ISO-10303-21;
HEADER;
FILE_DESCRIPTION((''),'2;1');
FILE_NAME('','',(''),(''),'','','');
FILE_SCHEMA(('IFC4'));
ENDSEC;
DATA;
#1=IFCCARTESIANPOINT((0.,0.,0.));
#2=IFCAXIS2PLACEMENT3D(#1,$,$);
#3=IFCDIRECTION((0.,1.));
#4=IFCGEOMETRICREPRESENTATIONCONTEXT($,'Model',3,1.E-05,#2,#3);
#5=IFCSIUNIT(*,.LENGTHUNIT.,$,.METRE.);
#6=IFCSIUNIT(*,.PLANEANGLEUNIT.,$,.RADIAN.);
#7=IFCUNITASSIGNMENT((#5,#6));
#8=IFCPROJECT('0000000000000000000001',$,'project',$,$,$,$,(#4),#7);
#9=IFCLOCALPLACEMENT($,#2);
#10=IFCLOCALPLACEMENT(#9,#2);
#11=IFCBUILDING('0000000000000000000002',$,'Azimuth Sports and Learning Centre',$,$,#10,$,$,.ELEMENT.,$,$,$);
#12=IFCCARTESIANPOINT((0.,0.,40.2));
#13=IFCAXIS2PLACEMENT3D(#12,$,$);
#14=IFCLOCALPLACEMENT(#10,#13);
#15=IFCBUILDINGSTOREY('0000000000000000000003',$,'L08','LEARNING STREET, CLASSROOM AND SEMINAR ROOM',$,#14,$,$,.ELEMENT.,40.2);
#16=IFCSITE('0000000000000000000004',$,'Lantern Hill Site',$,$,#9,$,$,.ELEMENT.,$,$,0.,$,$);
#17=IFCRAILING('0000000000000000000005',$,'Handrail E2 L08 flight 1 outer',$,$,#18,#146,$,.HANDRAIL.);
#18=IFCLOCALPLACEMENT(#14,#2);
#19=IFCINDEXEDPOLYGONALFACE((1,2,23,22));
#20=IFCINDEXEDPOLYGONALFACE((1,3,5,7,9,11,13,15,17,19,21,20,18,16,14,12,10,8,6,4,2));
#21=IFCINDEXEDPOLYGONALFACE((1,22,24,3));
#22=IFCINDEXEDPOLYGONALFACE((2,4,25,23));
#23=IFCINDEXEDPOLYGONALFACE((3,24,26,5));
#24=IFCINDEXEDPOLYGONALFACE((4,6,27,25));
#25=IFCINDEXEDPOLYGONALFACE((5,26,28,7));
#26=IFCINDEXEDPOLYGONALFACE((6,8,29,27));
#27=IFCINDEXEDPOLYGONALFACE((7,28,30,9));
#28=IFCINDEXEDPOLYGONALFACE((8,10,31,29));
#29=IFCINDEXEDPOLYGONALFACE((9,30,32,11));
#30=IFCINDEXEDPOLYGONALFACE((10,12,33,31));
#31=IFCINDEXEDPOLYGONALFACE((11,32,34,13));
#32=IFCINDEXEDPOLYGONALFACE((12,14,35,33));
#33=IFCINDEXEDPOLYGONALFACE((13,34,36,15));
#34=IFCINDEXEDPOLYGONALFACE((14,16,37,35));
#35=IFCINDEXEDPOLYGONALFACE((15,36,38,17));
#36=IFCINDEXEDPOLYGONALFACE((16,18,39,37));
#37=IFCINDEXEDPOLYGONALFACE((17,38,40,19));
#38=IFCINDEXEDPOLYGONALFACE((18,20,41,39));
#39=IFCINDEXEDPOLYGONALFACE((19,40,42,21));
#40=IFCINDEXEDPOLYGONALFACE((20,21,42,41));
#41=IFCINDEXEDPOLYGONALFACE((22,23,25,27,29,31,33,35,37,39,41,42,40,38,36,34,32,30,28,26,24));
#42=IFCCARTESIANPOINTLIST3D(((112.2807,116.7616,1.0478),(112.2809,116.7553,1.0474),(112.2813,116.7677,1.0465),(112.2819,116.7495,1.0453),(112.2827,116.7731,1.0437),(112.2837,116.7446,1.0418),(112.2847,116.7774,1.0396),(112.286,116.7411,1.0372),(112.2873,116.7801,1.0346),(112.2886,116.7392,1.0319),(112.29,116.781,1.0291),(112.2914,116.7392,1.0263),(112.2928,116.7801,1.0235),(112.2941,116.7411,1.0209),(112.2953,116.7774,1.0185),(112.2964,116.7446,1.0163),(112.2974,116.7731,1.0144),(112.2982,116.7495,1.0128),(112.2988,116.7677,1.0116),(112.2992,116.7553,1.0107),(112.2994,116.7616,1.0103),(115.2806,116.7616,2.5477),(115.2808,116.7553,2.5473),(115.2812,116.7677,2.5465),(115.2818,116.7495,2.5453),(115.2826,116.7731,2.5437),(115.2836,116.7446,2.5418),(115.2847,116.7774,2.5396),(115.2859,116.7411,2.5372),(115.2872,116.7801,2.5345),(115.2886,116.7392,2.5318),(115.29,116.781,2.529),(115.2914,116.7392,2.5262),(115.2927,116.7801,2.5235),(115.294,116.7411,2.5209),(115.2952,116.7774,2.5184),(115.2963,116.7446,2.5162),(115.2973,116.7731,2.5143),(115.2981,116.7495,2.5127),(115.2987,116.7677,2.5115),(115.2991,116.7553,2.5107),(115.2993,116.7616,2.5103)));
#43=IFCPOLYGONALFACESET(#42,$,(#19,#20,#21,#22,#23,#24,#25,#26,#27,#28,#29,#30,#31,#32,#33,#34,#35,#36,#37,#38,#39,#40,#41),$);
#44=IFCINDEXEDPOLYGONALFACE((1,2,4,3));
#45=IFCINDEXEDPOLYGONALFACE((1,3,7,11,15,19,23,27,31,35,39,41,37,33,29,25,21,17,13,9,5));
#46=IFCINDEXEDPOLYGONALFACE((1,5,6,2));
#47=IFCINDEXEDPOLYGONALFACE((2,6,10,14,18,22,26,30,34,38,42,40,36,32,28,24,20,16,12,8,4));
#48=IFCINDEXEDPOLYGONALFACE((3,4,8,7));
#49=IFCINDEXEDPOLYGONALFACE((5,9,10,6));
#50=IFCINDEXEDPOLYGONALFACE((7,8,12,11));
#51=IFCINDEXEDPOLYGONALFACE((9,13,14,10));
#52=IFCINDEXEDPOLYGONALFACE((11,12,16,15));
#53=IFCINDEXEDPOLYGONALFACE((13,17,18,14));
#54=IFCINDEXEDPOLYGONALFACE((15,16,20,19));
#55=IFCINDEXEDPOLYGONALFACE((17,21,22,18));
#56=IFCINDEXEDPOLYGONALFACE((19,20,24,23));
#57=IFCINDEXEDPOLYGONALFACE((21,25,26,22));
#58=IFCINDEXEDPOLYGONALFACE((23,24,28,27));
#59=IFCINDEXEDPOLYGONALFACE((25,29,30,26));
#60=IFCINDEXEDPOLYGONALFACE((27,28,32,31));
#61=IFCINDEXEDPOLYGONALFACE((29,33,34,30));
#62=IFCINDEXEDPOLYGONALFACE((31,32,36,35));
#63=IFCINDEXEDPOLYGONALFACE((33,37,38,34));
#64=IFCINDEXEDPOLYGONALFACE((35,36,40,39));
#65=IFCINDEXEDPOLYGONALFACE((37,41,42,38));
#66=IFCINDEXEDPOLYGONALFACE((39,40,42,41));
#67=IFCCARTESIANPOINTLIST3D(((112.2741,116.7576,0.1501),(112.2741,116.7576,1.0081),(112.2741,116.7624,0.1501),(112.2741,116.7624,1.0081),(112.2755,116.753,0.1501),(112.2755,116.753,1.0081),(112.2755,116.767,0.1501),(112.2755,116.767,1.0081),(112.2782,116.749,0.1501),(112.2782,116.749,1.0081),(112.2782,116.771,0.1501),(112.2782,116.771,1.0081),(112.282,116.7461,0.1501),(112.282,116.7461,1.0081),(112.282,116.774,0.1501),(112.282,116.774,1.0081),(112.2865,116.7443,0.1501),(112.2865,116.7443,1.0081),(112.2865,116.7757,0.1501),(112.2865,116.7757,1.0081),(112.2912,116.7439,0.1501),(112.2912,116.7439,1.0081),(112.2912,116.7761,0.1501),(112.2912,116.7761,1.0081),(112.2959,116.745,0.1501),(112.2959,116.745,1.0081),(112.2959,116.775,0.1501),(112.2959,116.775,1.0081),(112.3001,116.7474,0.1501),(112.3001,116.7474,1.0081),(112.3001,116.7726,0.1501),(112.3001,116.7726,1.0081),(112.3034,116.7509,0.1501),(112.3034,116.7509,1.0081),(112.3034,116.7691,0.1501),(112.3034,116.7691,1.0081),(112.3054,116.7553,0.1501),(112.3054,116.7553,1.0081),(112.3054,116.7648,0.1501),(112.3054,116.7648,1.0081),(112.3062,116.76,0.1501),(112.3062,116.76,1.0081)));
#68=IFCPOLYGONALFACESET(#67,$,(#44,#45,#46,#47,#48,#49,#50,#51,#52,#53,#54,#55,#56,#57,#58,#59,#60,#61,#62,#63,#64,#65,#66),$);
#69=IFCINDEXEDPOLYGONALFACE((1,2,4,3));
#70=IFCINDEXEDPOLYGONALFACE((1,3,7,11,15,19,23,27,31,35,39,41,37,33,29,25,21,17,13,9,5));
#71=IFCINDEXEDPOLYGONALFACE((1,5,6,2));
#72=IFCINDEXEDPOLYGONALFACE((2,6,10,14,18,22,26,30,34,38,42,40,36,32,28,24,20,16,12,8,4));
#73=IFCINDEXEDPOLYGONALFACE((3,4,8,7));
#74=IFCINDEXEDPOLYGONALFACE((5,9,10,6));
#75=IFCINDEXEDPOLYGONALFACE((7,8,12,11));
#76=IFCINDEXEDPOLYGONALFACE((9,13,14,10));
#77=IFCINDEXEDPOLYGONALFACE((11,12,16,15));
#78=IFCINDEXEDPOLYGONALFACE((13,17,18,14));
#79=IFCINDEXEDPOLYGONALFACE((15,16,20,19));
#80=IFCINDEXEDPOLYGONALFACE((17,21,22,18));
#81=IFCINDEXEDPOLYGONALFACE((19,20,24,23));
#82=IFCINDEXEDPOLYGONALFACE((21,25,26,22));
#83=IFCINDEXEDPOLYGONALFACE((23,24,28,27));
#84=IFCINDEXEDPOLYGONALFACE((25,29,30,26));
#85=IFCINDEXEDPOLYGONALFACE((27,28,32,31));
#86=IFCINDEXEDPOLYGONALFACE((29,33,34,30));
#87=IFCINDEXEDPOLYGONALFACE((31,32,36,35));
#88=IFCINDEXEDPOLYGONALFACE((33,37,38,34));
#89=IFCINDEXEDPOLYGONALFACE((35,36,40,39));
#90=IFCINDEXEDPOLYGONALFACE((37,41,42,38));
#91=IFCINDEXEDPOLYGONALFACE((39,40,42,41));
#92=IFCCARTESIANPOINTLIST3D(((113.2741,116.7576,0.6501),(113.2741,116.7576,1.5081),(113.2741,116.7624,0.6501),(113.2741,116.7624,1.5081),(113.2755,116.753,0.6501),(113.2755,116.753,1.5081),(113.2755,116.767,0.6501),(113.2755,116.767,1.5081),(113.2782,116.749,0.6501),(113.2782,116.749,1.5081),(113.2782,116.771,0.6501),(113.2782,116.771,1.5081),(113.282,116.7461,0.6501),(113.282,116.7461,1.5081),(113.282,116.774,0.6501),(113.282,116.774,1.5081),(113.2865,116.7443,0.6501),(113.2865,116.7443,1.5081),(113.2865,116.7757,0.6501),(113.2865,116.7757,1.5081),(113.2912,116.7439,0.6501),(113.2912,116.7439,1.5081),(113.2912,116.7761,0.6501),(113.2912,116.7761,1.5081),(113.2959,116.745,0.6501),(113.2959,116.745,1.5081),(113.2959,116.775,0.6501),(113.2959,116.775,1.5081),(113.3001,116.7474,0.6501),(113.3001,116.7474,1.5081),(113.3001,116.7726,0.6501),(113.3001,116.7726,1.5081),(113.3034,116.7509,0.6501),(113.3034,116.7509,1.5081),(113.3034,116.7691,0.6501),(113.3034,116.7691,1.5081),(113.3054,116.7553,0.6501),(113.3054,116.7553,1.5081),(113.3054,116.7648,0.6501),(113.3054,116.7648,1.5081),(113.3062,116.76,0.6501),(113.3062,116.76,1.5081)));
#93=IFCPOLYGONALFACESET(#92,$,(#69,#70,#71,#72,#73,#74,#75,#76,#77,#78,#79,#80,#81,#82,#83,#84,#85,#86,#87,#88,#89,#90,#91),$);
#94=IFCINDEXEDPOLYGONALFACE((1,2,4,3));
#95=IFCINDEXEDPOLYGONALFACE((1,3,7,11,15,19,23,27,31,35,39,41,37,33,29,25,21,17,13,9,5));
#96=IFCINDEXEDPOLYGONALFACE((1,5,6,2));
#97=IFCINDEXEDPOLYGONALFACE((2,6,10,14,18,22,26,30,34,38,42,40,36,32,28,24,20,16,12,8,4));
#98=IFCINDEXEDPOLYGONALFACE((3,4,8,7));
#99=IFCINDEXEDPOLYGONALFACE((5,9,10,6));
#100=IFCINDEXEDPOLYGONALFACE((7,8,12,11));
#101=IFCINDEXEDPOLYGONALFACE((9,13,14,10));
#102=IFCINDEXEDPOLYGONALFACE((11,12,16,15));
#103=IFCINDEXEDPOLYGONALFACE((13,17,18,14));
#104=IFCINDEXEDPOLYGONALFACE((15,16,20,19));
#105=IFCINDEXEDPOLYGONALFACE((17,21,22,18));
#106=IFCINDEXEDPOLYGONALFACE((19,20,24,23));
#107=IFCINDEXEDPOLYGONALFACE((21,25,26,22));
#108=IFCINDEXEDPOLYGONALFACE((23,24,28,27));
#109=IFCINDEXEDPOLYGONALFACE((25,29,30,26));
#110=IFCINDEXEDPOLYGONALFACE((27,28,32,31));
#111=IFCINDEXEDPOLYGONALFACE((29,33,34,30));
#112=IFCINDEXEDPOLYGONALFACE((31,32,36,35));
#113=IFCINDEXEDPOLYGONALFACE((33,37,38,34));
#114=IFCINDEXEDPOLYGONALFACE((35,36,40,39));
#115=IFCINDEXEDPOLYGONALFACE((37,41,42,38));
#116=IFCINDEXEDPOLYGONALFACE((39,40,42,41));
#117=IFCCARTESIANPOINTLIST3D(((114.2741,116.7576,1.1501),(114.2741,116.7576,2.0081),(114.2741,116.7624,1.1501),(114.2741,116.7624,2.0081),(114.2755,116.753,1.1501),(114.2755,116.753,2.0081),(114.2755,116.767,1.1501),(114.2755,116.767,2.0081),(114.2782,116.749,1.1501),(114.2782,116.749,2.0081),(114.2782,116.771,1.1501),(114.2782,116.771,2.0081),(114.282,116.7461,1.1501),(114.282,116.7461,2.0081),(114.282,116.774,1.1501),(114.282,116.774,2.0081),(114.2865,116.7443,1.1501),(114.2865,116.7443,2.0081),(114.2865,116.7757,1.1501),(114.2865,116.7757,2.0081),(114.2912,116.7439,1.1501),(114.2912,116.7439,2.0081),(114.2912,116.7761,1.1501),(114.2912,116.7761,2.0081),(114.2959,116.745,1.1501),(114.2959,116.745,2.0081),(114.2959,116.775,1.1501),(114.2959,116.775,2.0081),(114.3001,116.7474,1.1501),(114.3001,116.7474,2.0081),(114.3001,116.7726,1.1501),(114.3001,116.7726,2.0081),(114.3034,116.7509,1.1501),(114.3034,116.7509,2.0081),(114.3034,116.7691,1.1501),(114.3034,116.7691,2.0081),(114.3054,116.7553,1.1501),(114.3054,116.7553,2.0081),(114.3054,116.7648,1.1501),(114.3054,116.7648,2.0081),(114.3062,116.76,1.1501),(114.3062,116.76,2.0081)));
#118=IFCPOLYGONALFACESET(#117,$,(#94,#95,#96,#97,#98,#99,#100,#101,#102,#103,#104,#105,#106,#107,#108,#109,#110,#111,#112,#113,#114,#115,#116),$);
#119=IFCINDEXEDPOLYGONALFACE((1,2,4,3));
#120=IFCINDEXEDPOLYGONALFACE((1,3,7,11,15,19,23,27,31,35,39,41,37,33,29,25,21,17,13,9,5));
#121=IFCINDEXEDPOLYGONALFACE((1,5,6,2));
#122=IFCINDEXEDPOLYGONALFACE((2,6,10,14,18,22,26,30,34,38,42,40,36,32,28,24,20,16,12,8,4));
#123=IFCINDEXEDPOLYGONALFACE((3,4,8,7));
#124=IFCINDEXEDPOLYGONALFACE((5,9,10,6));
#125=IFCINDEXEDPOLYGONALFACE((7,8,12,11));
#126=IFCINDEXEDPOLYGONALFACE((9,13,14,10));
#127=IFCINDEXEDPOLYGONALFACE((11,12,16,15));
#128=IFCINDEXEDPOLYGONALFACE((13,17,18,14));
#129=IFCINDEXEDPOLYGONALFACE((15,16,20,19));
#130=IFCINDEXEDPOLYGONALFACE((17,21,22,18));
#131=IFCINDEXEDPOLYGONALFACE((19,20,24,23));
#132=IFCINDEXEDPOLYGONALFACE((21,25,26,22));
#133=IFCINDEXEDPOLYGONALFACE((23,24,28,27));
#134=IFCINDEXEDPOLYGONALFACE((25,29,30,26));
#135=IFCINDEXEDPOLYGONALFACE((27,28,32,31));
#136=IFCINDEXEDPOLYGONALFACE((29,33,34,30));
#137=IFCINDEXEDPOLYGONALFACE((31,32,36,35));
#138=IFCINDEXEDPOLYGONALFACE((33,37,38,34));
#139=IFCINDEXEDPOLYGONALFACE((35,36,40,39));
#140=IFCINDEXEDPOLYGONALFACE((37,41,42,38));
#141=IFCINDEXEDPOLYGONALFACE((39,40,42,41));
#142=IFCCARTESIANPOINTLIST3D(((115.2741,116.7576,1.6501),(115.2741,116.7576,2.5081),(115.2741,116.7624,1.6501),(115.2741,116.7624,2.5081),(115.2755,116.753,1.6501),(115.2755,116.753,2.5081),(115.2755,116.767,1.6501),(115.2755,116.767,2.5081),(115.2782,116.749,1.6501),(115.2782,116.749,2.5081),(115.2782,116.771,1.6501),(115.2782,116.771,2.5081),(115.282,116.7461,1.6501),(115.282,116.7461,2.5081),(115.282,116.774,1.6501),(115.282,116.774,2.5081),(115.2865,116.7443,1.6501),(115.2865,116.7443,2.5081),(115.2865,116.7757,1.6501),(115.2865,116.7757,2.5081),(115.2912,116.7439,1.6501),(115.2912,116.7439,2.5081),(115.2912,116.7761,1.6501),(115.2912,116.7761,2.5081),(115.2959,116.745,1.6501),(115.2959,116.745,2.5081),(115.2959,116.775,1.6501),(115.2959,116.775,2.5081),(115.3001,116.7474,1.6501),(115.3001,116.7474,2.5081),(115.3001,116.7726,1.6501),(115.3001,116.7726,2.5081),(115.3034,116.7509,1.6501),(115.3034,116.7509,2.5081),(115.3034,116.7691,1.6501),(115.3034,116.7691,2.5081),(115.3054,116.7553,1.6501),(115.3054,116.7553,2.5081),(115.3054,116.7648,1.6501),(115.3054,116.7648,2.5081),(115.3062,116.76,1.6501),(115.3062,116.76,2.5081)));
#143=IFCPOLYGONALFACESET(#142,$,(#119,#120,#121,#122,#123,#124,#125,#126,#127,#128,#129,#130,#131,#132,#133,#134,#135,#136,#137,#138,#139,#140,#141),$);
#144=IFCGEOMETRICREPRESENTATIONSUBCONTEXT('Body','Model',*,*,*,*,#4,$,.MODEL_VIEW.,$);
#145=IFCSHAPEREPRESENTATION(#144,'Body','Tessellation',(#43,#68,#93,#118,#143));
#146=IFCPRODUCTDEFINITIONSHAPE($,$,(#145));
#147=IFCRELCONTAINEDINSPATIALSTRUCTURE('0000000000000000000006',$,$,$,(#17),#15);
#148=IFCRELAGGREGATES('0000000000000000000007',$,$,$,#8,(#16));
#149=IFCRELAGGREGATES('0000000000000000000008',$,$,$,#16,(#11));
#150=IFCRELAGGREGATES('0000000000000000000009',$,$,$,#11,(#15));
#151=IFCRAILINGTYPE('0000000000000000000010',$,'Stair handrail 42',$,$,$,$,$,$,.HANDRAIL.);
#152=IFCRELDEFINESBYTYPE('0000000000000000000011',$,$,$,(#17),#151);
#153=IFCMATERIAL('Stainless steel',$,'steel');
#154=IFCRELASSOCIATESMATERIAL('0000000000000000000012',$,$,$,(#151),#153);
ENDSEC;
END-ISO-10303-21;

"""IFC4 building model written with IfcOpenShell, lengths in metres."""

from ifc_helpers import new_model, si_unit, direction, frame, origin, origin_2d, place, context, subcontext, project, spatial, circle, extrude, material, type_object, element, save


model = new_model("IFC4")

# Units and contexts
model_context = context("Model", 3, precision=1e-05, world=origin(), true_north=direction((0.0, 1.0)))
body_context = subcontext(model_context, "Body", "Model", "MODEL_VIEW")
ifc_project = project(units=[si_unit("LENGTHUNIT", "METRE"), si_unit("PLANEANGLEUNIT", "RADIAN")], contexts=[model_context])

# Site, building, storey
site_placement = place(None, origin())
site = spatial("IfcSite", under=ifc_project, at=site_placement, Name="Lantern Hill Site", CompositionType="ELEMENT", RefElevation=0.0)
building_placement = place(site_placement, origin())
building = spatial("IfcBuilding", under=site, at=building_placement, Name="Azimuth Sports and Learning Centre", CompositionType="ELEMENT")
storey_placement = place(building_placement, frame((0.0, 0.0, 40.2)))
storey = spatial("IfcBuildingStorey", under=building, at=storey_placement, Name="L08", Description="LEARNING STREET, CLASSROOM AND SEMINAR ROOM", CompositionType="ELEMENT", Elevation=40.2)

# Railing
ifc_material_1 = material(Name="Stainless steel", Category="steel")
railing_type_1 = type_object("IfcRailingType", Name="Stair handrail 42", PredefinedType="HANDRAIL", material=ifc_material_1)
for number, where, name in (
    (1, (112.29, 116.76, 0.1501), "Handrail E2 L08 flight 1 outer"),
):
    element("IfcRailing", number, at=place(storey_placement, frame(where)), inside=storey, type_object=railing_type_1, Name=name, PredefinedType="HANDRAIL", context=body_context, shape_type="SweptSolid", body=[
        extrude(circle(Radius=0.021, at=origin_2d()), frame((0.0, 0.0, 0.8789), z_axis=(0.894427, 0.0, 0.447214), x_axis=(0.0, 1.0, 0.0)), (0.0, 0.0, 1.0), 3.354),
        extrude(circle(Radius=0.0161, at=origin_2d()), origin(), (0.0, 0.0, 1.0), 0.8579),
        extrude(circle(Radius=0.0161, at=origin_2d()), frame((1.0, 0.0, 0.5)), (0.0, 0.0, 1.0), 0.8579),
        extrude(circle(Radius=0.0161, at=origin_2d()), frame((2.0, 0.0, 1.0)), (0.0, 0.0, 1.0), 0.8579),
        extrude(circle(Radius=0.0161, at=origin_2d()), frame((3.0, 0.0, 1.5)), (0.0, 0.0, 1.0), 0.8579),
    ])

save(model, "model.ifc")
